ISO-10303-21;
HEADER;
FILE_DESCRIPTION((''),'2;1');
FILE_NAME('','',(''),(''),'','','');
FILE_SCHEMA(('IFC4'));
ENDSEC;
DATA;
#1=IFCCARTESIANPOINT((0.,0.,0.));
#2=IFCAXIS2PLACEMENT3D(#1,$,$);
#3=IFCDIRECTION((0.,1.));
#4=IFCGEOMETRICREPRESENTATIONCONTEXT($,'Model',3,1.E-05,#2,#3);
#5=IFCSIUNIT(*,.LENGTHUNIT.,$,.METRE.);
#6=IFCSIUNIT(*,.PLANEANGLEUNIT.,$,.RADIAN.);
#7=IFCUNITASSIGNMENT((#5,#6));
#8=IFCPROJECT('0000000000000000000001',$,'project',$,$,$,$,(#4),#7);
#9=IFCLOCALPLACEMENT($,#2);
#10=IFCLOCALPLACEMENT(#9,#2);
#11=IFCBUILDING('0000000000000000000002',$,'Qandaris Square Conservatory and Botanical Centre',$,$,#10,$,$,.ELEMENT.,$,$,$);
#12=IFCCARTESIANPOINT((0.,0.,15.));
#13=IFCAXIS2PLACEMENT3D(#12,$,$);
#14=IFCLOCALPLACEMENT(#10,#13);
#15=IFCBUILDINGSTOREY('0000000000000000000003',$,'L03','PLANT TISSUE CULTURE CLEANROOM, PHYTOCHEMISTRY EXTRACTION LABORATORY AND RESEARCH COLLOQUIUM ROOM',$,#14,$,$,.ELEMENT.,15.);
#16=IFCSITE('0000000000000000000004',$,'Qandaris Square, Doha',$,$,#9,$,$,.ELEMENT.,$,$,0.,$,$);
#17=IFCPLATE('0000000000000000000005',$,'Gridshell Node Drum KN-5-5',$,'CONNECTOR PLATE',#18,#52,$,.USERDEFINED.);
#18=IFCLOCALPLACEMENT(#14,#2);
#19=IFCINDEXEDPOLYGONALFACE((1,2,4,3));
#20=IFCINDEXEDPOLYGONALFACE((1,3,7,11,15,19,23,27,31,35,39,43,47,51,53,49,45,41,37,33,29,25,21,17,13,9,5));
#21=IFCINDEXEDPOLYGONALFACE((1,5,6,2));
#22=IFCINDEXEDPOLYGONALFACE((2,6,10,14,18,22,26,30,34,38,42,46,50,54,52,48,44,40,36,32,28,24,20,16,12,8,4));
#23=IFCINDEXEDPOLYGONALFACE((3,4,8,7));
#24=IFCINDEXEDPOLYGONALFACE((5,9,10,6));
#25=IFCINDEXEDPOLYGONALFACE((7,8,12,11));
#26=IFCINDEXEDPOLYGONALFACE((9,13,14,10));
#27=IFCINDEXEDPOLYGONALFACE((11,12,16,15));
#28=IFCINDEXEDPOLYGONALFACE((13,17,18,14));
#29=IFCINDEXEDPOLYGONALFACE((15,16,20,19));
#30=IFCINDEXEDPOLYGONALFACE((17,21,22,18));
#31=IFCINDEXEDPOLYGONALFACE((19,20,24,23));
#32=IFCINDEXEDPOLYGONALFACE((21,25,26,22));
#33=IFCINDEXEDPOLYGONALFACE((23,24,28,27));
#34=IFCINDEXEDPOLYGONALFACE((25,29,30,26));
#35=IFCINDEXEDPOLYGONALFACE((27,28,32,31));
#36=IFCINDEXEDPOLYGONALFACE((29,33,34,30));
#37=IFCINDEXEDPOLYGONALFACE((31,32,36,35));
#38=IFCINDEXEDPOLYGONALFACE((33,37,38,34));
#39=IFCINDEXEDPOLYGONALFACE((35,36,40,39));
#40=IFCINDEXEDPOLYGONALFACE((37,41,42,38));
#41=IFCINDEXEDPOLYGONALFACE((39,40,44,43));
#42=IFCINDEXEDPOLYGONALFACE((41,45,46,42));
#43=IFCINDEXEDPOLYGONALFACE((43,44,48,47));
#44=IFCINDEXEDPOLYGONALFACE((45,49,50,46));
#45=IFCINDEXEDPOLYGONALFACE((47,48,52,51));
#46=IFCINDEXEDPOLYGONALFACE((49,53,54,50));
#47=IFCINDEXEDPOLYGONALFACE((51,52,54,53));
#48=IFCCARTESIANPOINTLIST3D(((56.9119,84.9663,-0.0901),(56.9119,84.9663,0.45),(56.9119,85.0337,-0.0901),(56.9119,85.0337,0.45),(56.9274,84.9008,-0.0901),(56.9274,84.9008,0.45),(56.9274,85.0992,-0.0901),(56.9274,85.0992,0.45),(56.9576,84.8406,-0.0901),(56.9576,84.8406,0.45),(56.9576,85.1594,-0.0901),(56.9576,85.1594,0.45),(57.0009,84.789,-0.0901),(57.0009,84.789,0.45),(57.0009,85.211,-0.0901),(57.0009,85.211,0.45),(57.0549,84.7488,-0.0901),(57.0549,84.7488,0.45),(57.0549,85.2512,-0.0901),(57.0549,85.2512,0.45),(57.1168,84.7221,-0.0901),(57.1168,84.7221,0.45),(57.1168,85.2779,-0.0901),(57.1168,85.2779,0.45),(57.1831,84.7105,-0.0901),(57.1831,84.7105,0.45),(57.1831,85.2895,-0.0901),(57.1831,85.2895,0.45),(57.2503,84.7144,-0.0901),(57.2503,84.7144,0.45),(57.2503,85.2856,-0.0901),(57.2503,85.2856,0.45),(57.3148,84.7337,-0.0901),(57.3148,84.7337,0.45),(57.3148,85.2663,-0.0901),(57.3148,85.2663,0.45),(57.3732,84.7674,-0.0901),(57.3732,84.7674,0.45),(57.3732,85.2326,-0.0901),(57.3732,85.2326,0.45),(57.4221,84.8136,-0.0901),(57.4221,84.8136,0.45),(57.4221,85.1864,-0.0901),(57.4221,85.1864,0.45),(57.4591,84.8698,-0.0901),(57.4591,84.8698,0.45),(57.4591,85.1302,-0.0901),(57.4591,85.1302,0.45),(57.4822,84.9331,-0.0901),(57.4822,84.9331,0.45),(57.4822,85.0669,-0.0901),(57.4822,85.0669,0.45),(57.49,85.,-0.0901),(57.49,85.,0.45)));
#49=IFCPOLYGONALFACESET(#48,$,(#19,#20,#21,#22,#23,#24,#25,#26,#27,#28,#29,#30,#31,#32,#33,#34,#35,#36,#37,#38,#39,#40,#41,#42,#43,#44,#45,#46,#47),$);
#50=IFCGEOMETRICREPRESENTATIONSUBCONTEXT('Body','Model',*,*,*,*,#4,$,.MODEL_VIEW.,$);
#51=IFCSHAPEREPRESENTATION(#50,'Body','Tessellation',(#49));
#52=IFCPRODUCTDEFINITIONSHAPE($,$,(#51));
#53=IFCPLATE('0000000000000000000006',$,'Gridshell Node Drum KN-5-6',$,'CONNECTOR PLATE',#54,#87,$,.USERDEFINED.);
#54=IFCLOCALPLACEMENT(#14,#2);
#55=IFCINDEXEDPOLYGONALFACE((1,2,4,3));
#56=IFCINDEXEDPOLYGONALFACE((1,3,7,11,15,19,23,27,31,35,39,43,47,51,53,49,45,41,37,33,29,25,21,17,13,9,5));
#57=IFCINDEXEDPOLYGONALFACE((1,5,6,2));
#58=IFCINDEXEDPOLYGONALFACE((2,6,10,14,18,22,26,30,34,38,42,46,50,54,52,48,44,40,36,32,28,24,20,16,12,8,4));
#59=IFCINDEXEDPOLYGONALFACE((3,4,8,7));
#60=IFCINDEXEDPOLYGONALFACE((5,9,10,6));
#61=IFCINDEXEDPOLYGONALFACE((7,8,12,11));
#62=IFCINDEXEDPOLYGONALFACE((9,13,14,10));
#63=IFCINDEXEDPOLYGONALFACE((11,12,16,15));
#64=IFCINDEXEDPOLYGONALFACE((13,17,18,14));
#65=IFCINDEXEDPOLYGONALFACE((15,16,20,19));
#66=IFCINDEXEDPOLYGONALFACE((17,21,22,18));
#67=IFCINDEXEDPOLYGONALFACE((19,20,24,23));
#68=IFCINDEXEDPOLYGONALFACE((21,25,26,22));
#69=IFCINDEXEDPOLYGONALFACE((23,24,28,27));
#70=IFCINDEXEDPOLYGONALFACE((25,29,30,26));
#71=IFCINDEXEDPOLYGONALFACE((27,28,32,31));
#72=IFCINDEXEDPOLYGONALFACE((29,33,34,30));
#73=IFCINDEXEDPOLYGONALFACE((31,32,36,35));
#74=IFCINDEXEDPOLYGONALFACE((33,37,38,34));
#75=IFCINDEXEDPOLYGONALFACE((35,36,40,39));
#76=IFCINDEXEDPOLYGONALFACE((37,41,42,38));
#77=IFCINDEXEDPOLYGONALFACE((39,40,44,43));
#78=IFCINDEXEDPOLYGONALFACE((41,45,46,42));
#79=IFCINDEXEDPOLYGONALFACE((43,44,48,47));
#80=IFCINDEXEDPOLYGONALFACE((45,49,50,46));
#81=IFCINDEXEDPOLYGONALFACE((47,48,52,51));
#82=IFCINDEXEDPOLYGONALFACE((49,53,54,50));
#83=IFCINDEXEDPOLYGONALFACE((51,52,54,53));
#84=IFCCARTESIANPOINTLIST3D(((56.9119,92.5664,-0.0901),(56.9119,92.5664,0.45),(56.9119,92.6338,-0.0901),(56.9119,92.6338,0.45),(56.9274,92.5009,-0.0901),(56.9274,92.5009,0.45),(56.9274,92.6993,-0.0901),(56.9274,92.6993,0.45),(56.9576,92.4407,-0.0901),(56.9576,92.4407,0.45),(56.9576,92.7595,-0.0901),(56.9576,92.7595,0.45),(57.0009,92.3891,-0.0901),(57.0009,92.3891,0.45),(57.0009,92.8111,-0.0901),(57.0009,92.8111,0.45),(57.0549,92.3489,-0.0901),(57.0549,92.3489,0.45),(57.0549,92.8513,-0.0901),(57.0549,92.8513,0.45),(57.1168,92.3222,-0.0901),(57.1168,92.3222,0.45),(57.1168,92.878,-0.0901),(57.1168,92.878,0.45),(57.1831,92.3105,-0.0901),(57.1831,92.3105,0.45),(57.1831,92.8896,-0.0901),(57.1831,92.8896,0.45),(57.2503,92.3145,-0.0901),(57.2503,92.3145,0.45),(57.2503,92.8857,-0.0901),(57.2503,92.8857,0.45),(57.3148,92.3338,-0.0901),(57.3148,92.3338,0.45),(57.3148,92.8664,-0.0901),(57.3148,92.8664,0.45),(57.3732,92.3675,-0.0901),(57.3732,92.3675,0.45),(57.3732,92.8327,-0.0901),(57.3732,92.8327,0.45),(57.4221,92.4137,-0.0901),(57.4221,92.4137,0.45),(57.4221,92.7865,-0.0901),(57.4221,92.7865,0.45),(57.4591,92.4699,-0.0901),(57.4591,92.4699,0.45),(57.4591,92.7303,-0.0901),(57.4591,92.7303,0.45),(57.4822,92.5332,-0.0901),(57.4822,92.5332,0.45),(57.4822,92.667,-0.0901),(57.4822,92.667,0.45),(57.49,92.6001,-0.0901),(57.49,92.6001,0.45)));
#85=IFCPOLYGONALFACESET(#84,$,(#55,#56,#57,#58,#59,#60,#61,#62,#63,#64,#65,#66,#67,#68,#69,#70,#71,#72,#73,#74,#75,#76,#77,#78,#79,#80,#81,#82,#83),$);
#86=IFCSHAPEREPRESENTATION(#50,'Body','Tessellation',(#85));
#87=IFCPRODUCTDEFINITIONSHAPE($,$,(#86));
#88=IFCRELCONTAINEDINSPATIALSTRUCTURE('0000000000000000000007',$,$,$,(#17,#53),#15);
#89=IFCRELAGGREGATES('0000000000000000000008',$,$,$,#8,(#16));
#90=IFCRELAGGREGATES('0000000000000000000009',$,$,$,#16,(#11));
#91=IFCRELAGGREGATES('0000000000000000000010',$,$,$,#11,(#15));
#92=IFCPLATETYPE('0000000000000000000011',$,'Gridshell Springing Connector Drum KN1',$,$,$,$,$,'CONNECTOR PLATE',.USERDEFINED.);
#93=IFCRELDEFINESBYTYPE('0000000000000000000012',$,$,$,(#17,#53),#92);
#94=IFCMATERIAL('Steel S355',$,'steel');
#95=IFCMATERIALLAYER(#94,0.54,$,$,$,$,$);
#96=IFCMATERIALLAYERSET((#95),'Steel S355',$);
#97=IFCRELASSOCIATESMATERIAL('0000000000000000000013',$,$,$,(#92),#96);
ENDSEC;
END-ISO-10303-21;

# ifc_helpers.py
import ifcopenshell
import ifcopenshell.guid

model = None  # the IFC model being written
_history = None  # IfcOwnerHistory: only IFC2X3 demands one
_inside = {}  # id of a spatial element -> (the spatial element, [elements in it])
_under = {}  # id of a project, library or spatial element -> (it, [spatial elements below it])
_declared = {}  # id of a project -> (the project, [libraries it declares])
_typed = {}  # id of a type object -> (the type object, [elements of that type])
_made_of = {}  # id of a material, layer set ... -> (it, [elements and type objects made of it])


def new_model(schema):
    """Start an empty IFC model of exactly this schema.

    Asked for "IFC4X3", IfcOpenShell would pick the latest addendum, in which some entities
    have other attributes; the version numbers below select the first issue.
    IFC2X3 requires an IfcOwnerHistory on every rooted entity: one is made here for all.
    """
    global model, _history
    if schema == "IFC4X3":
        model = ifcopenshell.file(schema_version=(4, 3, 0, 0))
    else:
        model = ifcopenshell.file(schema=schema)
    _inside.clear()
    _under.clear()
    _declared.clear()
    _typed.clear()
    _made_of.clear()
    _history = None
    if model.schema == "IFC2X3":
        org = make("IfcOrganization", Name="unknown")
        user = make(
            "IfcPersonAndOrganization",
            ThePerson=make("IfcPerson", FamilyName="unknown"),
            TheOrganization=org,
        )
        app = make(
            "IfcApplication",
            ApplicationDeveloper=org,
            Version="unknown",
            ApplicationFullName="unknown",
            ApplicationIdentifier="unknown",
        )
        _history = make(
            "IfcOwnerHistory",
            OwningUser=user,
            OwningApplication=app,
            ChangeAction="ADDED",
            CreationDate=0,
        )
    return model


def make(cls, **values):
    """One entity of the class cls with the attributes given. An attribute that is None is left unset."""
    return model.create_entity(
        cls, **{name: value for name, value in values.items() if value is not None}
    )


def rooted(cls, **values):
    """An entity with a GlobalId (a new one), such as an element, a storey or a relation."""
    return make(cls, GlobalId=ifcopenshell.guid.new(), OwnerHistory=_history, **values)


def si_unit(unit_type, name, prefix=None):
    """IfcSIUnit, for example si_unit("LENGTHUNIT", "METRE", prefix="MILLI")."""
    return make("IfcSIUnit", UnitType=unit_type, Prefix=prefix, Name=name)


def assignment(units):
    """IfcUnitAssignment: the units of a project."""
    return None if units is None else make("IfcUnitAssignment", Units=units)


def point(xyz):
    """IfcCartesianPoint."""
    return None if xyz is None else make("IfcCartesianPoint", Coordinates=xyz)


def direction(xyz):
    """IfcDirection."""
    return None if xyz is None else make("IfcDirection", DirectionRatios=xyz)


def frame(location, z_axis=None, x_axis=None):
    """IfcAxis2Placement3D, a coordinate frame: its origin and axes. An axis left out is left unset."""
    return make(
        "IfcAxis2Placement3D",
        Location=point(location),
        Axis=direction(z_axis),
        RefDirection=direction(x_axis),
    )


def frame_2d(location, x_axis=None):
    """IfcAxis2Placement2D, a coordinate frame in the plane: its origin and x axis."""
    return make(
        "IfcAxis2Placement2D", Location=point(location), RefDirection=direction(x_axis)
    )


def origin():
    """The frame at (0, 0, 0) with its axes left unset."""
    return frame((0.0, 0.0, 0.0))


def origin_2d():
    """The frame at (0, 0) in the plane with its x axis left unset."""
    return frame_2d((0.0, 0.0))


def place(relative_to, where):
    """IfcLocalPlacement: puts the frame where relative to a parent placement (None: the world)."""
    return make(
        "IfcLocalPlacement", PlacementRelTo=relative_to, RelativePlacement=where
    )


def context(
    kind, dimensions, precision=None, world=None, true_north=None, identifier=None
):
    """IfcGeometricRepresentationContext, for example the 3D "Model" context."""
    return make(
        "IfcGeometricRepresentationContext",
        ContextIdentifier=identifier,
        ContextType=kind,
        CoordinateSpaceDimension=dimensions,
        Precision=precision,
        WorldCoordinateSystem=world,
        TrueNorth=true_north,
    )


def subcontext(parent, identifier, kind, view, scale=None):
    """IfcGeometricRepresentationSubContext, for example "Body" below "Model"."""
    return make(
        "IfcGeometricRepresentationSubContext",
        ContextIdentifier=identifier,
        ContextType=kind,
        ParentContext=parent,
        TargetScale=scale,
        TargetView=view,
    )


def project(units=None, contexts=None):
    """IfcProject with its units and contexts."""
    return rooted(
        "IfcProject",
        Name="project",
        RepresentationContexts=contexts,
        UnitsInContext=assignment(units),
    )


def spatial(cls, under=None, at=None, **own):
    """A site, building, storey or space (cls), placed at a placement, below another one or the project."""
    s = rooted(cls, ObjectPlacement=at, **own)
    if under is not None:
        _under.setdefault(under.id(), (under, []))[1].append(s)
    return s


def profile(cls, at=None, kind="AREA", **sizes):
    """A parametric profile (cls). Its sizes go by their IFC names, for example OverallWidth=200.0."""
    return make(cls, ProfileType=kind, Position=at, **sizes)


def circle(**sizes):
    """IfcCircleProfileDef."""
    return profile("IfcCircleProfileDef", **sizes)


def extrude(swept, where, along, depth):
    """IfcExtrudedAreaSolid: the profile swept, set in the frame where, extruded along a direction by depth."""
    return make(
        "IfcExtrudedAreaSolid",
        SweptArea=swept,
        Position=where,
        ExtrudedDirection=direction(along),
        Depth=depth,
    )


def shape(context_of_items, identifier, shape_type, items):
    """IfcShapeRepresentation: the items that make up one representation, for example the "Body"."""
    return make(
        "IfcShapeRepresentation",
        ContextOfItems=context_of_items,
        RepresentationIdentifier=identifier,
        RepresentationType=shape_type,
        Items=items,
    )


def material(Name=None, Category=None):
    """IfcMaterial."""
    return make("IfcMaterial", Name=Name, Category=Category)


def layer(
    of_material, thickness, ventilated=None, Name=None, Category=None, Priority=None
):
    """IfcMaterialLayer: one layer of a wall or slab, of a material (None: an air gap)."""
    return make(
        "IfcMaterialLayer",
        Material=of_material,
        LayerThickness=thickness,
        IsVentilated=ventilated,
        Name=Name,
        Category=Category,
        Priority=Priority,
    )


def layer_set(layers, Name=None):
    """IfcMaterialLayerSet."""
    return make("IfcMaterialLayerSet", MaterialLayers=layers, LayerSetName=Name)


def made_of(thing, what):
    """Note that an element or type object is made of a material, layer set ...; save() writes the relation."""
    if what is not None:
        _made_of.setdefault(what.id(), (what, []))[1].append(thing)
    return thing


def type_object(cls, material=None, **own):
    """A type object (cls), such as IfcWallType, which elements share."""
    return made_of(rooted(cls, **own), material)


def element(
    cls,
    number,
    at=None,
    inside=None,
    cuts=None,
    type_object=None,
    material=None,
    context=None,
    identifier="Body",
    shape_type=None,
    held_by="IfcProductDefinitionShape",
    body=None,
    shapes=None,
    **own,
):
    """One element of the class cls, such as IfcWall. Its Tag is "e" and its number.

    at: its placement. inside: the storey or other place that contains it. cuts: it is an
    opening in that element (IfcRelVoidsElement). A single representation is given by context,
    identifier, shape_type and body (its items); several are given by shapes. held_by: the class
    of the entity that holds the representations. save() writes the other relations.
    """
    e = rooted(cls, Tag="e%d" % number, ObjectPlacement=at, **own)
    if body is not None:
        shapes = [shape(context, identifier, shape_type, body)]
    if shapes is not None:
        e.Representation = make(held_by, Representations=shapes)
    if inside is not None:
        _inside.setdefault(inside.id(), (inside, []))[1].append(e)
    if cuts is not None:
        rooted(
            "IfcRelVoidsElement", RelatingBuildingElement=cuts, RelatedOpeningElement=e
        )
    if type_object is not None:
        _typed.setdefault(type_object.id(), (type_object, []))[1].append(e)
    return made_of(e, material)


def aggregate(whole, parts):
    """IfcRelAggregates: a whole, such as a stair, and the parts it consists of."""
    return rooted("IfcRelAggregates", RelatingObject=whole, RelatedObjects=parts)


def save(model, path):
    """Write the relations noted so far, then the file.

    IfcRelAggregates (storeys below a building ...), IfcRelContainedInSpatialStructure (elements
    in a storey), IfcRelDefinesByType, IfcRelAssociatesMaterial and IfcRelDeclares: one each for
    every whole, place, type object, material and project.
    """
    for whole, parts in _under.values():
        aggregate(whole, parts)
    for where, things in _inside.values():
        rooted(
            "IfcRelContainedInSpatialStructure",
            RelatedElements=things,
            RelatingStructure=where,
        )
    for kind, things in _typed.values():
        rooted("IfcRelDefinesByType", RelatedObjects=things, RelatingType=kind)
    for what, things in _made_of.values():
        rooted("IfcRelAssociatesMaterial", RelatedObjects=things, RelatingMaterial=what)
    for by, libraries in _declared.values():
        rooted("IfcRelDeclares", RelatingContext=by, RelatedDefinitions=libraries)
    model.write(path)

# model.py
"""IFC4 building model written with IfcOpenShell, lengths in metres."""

from ifc_helpers import new_model, si_unit, direction, frame, origin, origin_2d, place, context, subcontext, project, spatial, circle, extrude, material, layer, layer_set, type_object, element, save


model = new_model("IFC4")

# Units and contexts
model_context = context("Model", 3, precision=1e-05, world=origin(), true_north=direction((0.0, 1.0)))
body_context = subcontext(model_context, "Body", "Model", "MODEL_VIEW")
ifc_project = project(units=[si_unit("LENGTHUNIT", "METRE"), si_unit("PLANEANGLEUNIT", "RADIAN")], contexts=[model_context])

# Site, building, storey
site_placement = place(None, origin())
site = spatial("IfcSite", under=ifc_project, at=site_placement, Name="Qandaris Square, Doha", CompositionType="ELEMENT", RefElevation=0.0)
building_placement = place(site_placement, origin())
building = spatial("IfcBuilding", under=site, at=building_placement, Name="Qandaris Square Conservatory and Botanical Centre", CompositionType="ELEMENT")
storey_placement = place(building_placement, frame((0.0, 0.0, 15.0)))
storey = spatial("IfcBuildingStorey", under=building, at=storey_placement, Name="L03", Description="PLANT TISSUE CULTURE CLEANROOM, PHYTOCHEMISTRY EXTRACTION LABORATORY AND RESEARCH COLLOQUIUM ROOM", CompositionType="ELEMENT", Elevation=15.0)

# Shared definitions
ifc_material_1 = material(Name="Steel S355", Category="steel")

# Plates
ifc_layer_1 = layer(ifc_material_1, 0.54)
ifc_layer_set_1 = layer_set([ifc_layer_1], Name="Steel S355")
plate_type_1 = type_object("IfcPlateType", Name="Gridshell Springing Connector Drum KN1", ElementType="CONNECTOR PLATE", PredefinedType="USERDEFINED", material=ifc_layer_set_1)
for number, where, z_axis, x_axis, name in (
    (1, (57.2, 85.0, -0.0901), (0.0, 0.0, 1.0), (1.0, 0.0, 0.0), "Gridshell Node Drum KN-5-5"),
    (2, (57.2, 92.6001, -0.0901), (0.0, 0.0, 1.0), (1.0, 0.0, 0.0), "Gridshell Node Drum KN-5-6"),
):
    element("IfcPlate", number, at=place(storey_placement, frame(where, z_axis=z_axis, x_axis=x_axis)), inside=storey, type_object=plate_type_1, Name=name, ObjectType="CONNECTOR PLATE", PredefinedType="USERDEFINED", context=body_context, shape_type="SweptSolid", body=[
        extrude(circle(Radius=0.29, at=origin_2d()), origin(), (0.0, 0.0, 1.0), 0.54),
    ])

save(model, "model.ifc")
